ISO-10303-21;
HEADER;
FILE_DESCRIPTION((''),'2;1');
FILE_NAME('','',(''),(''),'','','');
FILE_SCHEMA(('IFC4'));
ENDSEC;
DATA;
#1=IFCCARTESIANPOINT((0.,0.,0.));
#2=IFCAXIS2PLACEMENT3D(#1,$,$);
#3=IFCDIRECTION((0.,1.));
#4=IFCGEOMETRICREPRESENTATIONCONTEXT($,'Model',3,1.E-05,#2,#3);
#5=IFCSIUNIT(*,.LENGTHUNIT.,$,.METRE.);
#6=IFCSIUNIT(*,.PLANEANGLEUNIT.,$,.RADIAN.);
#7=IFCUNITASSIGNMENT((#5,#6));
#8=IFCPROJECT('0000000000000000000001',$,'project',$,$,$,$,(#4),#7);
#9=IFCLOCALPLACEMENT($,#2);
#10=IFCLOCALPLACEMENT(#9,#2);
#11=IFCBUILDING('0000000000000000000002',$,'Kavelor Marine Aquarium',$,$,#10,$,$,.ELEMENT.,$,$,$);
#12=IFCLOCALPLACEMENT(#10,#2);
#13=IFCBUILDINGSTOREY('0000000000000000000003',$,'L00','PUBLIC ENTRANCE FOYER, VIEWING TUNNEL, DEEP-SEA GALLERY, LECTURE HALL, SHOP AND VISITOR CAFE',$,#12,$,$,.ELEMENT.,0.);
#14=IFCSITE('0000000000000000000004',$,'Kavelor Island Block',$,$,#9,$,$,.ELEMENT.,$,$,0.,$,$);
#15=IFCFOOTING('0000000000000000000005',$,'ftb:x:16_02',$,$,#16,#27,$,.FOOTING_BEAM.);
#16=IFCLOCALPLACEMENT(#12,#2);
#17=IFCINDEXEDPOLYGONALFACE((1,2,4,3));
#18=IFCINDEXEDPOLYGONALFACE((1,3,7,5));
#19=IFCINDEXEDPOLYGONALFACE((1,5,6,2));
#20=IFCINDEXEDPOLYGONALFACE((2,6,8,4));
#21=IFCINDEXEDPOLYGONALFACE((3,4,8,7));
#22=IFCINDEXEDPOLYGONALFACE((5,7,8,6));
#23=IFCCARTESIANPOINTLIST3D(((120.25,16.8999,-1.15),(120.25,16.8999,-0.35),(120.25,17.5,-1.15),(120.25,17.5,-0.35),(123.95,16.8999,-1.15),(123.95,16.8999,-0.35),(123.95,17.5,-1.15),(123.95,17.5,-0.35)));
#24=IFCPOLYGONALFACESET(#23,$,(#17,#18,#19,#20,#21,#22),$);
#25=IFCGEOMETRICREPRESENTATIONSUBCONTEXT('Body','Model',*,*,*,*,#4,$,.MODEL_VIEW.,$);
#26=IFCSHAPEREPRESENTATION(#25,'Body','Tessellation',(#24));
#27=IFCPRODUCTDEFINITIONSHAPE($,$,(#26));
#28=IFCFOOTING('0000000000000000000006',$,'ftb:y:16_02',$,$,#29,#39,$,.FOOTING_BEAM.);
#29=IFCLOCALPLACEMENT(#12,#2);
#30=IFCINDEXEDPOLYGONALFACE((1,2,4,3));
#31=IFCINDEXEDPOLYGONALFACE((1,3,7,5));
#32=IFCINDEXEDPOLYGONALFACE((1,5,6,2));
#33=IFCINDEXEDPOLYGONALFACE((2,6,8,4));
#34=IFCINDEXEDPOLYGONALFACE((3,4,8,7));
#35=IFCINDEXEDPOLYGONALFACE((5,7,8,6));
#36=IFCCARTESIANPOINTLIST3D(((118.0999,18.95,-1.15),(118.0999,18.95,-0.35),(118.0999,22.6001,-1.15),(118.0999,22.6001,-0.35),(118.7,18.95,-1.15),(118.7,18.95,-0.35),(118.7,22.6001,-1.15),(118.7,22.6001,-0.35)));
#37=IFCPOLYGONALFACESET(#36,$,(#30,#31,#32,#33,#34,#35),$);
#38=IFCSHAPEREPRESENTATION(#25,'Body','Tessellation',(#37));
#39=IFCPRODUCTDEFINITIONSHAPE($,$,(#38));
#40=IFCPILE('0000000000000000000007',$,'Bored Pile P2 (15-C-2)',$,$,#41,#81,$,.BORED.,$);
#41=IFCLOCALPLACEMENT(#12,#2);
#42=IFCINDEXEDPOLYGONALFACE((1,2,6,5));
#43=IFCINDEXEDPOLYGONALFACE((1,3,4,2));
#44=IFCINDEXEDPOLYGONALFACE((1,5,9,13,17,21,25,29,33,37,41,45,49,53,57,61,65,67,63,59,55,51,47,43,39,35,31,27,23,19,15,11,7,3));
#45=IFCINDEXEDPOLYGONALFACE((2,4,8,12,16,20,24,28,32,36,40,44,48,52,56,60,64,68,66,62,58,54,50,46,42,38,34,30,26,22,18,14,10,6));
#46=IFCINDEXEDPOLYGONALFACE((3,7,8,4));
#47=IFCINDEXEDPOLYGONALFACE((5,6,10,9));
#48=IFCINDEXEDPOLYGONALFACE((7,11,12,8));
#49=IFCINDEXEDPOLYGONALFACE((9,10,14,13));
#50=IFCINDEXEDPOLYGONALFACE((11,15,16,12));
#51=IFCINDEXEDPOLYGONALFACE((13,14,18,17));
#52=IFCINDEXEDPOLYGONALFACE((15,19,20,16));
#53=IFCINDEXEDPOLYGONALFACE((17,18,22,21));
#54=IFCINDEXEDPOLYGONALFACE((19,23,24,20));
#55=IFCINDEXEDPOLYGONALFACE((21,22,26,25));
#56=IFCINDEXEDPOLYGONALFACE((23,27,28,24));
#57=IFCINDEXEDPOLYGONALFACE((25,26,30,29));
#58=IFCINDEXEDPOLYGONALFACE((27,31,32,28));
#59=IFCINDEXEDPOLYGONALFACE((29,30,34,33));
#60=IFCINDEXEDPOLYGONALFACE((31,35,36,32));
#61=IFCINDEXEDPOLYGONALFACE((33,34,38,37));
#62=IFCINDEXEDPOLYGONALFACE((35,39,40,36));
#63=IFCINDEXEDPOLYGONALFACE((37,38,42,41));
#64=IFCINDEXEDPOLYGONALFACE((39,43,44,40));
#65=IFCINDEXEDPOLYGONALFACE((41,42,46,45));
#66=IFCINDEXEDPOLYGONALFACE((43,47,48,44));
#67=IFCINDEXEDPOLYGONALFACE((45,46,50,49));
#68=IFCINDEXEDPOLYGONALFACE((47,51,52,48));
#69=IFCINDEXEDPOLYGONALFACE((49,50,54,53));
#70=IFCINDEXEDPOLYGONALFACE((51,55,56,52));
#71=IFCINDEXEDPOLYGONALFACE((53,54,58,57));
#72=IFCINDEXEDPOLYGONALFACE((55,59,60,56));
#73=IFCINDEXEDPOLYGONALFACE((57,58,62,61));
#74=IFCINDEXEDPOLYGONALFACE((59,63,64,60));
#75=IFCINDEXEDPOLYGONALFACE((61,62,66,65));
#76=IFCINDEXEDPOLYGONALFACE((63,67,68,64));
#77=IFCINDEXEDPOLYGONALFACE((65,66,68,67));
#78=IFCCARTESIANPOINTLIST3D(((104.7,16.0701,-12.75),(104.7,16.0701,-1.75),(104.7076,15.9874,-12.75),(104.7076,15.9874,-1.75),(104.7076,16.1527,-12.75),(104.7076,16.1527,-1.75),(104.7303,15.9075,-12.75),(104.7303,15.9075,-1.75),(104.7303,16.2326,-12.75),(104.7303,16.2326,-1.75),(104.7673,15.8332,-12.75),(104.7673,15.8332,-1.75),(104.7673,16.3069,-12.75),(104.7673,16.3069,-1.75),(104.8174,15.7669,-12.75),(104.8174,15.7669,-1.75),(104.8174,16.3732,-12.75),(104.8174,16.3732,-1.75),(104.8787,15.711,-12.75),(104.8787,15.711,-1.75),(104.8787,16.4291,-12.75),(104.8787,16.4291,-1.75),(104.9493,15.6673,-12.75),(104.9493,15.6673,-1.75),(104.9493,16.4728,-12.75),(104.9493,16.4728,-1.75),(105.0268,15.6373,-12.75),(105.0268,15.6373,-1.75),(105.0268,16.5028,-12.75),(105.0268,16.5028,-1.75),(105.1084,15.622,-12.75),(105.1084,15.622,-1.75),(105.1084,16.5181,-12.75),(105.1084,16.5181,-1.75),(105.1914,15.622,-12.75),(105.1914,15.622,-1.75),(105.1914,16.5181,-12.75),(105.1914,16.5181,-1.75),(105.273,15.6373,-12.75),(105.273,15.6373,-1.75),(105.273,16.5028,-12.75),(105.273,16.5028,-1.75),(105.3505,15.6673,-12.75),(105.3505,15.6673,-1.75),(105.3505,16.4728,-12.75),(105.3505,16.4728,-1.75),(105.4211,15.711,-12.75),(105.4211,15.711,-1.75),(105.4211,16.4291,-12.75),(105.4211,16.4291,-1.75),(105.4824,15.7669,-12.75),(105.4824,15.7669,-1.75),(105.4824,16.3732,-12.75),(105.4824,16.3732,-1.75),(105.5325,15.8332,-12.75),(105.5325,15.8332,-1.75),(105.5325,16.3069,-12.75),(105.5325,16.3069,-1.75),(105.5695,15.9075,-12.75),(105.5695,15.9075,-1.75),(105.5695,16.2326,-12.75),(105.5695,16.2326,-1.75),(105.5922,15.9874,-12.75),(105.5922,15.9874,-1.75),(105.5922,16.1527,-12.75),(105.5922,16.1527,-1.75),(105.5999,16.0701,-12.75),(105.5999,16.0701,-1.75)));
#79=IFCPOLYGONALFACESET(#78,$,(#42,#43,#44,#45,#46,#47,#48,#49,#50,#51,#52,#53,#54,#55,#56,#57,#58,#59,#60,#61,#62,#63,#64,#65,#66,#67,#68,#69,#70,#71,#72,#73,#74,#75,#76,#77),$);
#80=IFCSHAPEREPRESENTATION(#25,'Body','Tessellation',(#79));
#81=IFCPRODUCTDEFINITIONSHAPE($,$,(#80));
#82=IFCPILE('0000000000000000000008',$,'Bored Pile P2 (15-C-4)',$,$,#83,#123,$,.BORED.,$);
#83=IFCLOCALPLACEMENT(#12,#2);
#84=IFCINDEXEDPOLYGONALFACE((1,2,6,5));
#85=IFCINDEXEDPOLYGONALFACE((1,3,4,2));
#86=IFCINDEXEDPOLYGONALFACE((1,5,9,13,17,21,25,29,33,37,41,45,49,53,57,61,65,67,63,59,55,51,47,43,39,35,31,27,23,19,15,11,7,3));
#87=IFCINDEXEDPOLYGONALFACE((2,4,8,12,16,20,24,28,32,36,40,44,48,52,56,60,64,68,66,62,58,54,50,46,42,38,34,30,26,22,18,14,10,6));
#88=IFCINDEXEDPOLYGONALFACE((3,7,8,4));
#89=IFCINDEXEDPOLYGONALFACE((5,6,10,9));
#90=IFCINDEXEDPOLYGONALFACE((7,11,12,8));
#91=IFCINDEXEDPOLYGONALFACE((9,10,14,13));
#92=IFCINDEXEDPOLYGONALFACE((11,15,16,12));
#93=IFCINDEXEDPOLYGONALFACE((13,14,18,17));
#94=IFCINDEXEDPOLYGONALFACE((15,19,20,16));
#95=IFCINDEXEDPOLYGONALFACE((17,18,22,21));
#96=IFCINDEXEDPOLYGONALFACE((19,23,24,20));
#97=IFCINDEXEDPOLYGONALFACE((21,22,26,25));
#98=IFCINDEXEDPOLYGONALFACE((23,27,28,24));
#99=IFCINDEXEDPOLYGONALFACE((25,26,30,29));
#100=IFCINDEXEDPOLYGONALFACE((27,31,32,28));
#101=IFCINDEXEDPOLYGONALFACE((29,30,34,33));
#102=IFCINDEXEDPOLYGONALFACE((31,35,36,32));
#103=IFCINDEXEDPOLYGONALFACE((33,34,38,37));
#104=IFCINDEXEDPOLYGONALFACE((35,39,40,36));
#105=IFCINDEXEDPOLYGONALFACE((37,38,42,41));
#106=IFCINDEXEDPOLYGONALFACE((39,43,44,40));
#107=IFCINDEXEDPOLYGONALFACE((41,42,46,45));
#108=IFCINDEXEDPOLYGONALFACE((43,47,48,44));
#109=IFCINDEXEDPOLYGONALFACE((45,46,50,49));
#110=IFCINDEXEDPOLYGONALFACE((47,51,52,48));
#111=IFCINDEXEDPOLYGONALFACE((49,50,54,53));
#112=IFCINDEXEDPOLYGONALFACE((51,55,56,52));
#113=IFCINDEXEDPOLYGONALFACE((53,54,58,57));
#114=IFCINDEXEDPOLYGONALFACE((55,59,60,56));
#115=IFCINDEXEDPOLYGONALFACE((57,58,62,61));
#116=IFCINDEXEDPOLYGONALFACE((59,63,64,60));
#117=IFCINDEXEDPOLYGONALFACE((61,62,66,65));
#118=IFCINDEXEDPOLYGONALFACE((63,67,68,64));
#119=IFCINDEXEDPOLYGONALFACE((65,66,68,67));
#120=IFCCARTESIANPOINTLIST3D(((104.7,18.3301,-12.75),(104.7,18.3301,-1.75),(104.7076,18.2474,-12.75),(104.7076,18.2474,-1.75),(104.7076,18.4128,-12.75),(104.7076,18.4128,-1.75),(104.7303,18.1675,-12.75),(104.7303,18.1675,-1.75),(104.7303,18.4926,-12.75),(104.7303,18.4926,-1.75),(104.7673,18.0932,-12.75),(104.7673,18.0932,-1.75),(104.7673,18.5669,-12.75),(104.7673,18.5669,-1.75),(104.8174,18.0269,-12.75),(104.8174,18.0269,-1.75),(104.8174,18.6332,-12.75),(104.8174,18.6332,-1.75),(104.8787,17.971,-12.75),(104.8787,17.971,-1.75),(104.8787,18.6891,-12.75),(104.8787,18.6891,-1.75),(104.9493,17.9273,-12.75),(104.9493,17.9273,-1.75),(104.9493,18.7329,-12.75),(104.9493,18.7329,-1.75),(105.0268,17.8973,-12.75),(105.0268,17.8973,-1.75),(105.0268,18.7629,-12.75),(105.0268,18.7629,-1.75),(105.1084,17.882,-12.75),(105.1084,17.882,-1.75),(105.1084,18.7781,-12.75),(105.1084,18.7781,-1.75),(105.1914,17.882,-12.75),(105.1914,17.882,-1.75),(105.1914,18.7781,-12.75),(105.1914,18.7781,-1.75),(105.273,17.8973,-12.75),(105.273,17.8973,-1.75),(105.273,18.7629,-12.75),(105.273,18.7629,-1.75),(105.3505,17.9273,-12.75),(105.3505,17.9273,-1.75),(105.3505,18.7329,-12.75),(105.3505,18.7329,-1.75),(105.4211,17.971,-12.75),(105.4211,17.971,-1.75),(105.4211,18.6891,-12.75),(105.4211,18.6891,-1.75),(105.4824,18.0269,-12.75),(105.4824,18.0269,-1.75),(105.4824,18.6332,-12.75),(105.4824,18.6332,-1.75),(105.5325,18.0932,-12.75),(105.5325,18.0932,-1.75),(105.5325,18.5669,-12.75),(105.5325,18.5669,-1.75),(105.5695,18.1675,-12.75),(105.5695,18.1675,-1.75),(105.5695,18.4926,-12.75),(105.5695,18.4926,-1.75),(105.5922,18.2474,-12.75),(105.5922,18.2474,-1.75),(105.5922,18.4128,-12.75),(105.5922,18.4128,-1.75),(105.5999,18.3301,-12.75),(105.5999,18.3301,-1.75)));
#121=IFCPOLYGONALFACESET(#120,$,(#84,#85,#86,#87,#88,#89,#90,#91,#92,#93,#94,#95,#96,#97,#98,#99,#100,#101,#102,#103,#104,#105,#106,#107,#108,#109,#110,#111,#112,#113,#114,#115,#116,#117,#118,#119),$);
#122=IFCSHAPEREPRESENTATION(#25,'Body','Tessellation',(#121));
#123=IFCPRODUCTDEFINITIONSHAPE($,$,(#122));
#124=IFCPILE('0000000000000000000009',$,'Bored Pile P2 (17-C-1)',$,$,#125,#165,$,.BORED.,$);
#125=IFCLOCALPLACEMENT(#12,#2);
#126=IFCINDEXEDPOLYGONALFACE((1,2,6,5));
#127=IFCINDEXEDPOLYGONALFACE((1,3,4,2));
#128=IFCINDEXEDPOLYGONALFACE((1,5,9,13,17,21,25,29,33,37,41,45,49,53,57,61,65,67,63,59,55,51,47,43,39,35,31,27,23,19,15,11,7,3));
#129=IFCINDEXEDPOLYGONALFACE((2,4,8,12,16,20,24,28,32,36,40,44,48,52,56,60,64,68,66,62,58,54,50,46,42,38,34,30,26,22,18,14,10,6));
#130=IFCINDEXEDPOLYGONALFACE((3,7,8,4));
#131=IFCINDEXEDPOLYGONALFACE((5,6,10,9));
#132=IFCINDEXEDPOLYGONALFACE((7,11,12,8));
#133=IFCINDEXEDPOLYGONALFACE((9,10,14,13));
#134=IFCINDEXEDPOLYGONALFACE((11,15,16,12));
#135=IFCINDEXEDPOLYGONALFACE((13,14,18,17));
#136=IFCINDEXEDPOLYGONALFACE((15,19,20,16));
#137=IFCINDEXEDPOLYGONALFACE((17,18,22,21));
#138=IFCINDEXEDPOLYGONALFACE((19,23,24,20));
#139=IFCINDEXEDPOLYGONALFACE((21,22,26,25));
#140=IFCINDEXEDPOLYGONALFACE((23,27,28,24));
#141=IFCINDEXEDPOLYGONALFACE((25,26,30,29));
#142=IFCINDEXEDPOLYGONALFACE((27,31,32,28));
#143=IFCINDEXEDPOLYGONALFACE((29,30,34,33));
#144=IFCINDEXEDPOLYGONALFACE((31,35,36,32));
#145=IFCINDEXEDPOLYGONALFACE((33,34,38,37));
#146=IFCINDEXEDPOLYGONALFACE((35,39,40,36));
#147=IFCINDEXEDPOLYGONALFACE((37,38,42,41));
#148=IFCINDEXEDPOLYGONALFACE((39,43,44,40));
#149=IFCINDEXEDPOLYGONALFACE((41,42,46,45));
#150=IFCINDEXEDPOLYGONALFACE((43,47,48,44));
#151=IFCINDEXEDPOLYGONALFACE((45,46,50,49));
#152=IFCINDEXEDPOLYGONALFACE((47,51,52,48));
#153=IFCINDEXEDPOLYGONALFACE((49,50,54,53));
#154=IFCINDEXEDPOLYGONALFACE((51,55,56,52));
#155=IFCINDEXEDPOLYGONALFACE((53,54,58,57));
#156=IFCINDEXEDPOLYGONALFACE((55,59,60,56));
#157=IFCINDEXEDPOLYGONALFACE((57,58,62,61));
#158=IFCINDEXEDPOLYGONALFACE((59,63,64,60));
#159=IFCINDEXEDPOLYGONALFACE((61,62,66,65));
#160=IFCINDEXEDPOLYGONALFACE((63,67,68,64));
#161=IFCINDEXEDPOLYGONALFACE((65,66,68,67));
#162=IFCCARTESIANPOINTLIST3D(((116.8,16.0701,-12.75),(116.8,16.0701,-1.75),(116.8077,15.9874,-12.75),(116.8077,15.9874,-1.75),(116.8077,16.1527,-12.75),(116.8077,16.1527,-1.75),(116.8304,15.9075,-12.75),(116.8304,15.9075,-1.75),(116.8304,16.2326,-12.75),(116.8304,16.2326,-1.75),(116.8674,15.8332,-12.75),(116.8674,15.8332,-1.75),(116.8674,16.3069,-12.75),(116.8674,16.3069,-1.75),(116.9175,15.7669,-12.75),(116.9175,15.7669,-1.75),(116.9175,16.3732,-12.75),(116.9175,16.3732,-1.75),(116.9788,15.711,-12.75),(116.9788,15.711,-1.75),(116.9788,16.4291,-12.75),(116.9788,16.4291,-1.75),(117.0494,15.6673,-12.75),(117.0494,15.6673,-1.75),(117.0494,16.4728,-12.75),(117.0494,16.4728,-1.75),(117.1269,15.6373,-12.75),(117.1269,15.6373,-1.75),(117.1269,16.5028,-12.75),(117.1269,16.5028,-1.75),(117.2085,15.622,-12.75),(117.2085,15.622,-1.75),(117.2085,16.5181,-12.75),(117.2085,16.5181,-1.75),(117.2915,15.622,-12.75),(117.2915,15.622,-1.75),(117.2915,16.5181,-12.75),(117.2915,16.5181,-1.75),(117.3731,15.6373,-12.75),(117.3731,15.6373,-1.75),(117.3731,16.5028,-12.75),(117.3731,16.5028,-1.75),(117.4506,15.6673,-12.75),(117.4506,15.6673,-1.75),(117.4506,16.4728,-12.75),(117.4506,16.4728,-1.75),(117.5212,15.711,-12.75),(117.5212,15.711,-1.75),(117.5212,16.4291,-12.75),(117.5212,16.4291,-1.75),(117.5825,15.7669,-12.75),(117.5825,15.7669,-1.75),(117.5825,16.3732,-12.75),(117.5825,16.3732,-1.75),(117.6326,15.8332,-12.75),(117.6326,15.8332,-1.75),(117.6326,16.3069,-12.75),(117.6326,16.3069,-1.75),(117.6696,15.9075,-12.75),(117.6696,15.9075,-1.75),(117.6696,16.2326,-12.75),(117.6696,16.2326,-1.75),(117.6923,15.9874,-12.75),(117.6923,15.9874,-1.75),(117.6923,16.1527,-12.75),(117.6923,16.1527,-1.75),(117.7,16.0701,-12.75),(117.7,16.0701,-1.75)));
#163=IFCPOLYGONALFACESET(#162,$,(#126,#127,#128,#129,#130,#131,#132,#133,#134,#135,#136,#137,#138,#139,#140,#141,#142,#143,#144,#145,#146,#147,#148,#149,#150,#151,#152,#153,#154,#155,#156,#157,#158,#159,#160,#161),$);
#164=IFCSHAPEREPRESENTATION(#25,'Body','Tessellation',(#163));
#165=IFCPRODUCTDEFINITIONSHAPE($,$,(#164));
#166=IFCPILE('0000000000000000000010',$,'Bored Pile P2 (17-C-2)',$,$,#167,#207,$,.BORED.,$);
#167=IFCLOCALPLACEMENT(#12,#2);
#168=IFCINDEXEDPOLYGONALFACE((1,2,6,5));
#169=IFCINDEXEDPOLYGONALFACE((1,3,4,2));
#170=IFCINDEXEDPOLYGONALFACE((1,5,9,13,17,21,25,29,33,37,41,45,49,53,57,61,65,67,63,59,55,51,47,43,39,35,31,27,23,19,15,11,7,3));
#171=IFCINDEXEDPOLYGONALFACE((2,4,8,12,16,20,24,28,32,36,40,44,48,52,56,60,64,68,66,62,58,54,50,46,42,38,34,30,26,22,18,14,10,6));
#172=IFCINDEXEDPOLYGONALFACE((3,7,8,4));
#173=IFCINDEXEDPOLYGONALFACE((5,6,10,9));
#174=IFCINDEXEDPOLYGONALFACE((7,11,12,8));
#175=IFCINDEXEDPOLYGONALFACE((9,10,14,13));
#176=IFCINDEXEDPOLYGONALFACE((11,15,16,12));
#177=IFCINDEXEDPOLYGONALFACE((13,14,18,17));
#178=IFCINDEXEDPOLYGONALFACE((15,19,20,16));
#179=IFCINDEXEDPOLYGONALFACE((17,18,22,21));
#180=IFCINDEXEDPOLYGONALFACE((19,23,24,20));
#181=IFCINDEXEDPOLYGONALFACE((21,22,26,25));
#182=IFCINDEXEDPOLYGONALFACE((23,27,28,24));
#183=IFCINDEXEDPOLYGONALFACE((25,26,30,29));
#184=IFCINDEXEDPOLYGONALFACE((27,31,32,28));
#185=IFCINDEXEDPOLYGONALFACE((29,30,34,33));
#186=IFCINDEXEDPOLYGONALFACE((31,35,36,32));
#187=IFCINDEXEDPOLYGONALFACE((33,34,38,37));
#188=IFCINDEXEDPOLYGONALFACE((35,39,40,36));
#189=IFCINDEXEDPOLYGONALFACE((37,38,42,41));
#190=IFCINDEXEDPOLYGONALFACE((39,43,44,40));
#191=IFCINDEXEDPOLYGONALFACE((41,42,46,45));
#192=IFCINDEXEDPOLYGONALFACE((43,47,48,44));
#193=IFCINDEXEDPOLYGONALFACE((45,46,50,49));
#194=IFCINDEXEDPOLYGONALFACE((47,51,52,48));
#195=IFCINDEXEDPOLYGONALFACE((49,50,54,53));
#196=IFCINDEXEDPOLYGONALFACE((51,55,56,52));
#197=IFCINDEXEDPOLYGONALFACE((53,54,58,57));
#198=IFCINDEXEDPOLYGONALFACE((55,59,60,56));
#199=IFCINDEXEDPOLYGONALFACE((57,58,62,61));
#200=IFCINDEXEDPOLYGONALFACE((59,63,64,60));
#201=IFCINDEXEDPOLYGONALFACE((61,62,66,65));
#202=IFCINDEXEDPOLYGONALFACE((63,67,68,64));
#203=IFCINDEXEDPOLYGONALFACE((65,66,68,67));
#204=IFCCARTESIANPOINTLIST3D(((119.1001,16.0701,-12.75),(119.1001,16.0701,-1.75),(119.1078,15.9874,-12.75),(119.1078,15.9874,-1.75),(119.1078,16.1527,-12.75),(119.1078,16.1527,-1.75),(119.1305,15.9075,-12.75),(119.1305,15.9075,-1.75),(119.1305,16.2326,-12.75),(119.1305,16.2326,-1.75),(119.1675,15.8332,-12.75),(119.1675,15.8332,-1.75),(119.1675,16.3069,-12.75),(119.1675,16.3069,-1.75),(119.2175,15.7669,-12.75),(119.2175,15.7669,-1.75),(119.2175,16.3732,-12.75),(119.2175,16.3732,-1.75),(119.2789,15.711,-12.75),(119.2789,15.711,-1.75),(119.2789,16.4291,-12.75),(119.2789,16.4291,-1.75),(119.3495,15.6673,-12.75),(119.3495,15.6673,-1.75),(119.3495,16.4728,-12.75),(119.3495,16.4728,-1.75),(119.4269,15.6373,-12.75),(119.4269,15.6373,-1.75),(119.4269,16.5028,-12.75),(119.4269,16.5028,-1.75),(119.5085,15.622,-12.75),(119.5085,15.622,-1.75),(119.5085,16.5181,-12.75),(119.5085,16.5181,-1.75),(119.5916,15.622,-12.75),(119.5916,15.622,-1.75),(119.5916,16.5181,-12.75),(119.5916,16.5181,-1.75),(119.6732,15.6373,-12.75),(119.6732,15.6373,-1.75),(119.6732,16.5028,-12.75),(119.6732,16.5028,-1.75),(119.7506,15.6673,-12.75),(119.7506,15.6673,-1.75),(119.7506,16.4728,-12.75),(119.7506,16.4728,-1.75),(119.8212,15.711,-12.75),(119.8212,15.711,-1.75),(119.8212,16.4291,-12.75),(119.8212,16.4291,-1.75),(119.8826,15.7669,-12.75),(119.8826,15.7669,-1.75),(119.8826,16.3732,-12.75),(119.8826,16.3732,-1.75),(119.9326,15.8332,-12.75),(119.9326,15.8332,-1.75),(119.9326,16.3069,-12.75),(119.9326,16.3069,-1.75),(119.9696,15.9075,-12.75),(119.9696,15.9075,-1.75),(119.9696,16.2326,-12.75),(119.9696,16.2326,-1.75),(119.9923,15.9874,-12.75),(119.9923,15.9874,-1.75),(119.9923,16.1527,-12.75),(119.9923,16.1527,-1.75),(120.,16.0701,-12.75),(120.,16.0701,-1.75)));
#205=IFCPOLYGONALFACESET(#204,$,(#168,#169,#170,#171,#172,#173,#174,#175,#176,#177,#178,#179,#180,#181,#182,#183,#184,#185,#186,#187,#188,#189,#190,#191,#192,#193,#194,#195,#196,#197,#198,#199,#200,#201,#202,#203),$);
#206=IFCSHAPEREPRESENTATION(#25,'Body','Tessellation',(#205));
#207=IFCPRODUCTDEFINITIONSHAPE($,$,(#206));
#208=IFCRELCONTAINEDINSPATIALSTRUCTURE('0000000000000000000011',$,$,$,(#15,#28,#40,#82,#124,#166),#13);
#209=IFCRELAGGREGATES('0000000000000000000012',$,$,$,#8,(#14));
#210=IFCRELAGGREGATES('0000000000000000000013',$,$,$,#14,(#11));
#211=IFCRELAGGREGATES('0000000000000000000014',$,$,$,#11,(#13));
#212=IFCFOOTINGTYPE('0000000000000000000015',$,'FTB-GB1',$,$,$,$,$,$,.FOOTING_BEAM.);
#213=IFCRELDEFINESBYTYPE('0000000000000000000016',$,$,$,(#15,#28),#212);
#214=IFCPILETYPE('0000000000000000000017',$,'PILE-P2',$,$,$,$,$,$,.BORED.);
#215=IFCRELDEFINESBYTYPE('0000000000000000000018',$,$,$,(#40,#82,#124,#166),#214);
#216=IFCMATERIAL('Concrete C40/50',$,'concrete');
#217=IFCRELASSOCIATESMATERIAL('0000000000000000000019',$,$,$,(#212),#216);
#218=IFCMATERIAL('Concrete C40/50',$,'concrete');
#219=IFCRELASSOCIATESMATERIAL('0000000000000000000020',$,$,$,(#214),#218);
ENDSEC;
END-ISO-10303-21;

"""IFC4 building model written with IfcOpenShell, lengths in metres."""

from ifc_helpers import new_model, si_unit, direction, frame, origin, origin_2d, place, context, subcontext, project, spatial, rectangle, circle, extrude, material, material_profile, profile_set, type_object, element, save


model = new_model("IFC4")

# Units and contexts
model_context = context("Model", 3, precision=1e-05, world=origin(), true_north=direction((0.0, 1.0)))
body_context = subcontext(model_context, "Body", "Model", "MODEL_VIEW")
ifc_project = project(units=[si_unit("LENGTHUNIT", "METRE"), si_unit("PLANEANGLEUNIT", "RADIAN")], contexts=[model_context])

# Site, building, storey
site_placement = place(None, origin())
site = spatial("IfcSite", under=ifc_project, at=site_placement, Name="Kavelor Island Block", CompositionType="ELEMENT", RefElevation=0.0)
building_placement = place(site_placement, origin())
building = spatial("IfcBuilding", under=site, at=building_placement, Name="Kavelor Marine Aquarium", CompositionType="ELEMENT")
storey_placement = place(building_placement, origin())
storey = spatial("IfcBuildingStorey", under=building, at=storey_placement, Name="L00", Description="PUBLIC ENTRANCE FOYER, VIEWING TUNNEL, DEEP-SEA GALLERY, LECTURE HALL, SHOP AND VISITOR CAFE", CompositionType="ELEMENT", Elevation=0.0)

# Footings
ifc_material_1 = material(Name="Concrete C40/50", Category="concrete")
ifc_material_profile_1 = material_profile(ifc_material_1, rectangle(XDim=0.6001, YDim=0.8, at=origin_2d()), Name="GB 600x800")
ifc_profile_set_1 = profile_set([ifc_material_profile_1], Name="Concrete C40/50")
footing_type = type_object("IfcFootingType", Name="FTB-GB1", PredefinedType="FOOTING_BEAM", material=ifc_profile_set_1)
footing_1_placement = place(storey_placement, frame((120.25, 17.2, -0.75), z_axis=(1.0, 0.0, 0.0), x_axis=(0.0, 1.0, 0.0)))
element("IfcFooting", 1, at=footing_1_placement, inside=storey, type_object=footing_type, Name="ftb:x:16_02", PredefinedType="FOOTING_BEAM", context=body_context, shape_type="SweptSolid", body=[
    extrude(rectangle(XDim=0.6001, YDim=0.8, at=origin_2d()), origin(), (0.0, 0.0, 1.0), 3.7),
])
footing_2_placement = place(storey_placement, frame((118.3999, 18.95, -0.75), z_axis=(0.0, 1.0, 0.0), x_axis=(-1.0, 0.0, 0.0)))
element("IfcFooting", 2, at=footing_2_placement, inside=storey, type_object=footing_type, Name="ftb:y:16_02", PredefinedType="FOOTING_BEAM", context=body_context, shape_type="SweptSolid", body=[
    extrude(rectangle(XDim=0.6001, YDim=0.8, at=origin_2d()), origin(), (0.0, 0.0, 1.0), 3.6501),
])

# Piles
ifc_material_2 = material(Name="Concrete C40/50", Category="concrete")
ifc_material_profile_2 = material_profile(ifc_material_2, circle(Radius=0.45, at=origin_2d()), Name="PILE D900")
ifc_profile_set_2 = profile_set([ifc_material_profile_2], Name="Concrete C40/50")
pile_type = type_object("IfcPileType", Name="PILE-P2", PredefinedType="BORED", material=ifc_profile_set_2)
for number, where, z_axis, x_axis, name in (
    (3, (105.1499, 16.0701, -1.75), (0.0, 0.0, -1.0), (1.0, 0.0, 0.0), "Bored Pile P2 (15-C-2)"),
    (4, (105.1499, 18.3301, -1.75), (0.0, 0.0, -1.0), (1.0, 0.0, 0.0), "Bored Pile P2 (15-C-4)"),
    (5, (117.25, 16.0701, -1.75), (0.0, 0.0, -1.0), (1.0, 0.0, 0.0), "Bored Pile P2 (17-C-1)"),
    (6, (119.55, 16.0701, -1.75), (0.0, 0.0, -1.0), (1.0, 0.0, 0.0), "Bored Pile P2 (17-C-2)"),
):
    element("IfcPile", number, at=place(storey_placement, frame(where, z_axis=z_axis, x_axis=x_axis)), inside=storey, type_object=pile_type, Name=name, PredefinedType="BORED", context=body_context, shape_type="SweptSolid", body=[
        extrude(circle(Radius=0.45, at=origin_2d()), origin(), (0.0, 0.0, 1.0), 11.0),
    ])

save(model, "model.ifc")
